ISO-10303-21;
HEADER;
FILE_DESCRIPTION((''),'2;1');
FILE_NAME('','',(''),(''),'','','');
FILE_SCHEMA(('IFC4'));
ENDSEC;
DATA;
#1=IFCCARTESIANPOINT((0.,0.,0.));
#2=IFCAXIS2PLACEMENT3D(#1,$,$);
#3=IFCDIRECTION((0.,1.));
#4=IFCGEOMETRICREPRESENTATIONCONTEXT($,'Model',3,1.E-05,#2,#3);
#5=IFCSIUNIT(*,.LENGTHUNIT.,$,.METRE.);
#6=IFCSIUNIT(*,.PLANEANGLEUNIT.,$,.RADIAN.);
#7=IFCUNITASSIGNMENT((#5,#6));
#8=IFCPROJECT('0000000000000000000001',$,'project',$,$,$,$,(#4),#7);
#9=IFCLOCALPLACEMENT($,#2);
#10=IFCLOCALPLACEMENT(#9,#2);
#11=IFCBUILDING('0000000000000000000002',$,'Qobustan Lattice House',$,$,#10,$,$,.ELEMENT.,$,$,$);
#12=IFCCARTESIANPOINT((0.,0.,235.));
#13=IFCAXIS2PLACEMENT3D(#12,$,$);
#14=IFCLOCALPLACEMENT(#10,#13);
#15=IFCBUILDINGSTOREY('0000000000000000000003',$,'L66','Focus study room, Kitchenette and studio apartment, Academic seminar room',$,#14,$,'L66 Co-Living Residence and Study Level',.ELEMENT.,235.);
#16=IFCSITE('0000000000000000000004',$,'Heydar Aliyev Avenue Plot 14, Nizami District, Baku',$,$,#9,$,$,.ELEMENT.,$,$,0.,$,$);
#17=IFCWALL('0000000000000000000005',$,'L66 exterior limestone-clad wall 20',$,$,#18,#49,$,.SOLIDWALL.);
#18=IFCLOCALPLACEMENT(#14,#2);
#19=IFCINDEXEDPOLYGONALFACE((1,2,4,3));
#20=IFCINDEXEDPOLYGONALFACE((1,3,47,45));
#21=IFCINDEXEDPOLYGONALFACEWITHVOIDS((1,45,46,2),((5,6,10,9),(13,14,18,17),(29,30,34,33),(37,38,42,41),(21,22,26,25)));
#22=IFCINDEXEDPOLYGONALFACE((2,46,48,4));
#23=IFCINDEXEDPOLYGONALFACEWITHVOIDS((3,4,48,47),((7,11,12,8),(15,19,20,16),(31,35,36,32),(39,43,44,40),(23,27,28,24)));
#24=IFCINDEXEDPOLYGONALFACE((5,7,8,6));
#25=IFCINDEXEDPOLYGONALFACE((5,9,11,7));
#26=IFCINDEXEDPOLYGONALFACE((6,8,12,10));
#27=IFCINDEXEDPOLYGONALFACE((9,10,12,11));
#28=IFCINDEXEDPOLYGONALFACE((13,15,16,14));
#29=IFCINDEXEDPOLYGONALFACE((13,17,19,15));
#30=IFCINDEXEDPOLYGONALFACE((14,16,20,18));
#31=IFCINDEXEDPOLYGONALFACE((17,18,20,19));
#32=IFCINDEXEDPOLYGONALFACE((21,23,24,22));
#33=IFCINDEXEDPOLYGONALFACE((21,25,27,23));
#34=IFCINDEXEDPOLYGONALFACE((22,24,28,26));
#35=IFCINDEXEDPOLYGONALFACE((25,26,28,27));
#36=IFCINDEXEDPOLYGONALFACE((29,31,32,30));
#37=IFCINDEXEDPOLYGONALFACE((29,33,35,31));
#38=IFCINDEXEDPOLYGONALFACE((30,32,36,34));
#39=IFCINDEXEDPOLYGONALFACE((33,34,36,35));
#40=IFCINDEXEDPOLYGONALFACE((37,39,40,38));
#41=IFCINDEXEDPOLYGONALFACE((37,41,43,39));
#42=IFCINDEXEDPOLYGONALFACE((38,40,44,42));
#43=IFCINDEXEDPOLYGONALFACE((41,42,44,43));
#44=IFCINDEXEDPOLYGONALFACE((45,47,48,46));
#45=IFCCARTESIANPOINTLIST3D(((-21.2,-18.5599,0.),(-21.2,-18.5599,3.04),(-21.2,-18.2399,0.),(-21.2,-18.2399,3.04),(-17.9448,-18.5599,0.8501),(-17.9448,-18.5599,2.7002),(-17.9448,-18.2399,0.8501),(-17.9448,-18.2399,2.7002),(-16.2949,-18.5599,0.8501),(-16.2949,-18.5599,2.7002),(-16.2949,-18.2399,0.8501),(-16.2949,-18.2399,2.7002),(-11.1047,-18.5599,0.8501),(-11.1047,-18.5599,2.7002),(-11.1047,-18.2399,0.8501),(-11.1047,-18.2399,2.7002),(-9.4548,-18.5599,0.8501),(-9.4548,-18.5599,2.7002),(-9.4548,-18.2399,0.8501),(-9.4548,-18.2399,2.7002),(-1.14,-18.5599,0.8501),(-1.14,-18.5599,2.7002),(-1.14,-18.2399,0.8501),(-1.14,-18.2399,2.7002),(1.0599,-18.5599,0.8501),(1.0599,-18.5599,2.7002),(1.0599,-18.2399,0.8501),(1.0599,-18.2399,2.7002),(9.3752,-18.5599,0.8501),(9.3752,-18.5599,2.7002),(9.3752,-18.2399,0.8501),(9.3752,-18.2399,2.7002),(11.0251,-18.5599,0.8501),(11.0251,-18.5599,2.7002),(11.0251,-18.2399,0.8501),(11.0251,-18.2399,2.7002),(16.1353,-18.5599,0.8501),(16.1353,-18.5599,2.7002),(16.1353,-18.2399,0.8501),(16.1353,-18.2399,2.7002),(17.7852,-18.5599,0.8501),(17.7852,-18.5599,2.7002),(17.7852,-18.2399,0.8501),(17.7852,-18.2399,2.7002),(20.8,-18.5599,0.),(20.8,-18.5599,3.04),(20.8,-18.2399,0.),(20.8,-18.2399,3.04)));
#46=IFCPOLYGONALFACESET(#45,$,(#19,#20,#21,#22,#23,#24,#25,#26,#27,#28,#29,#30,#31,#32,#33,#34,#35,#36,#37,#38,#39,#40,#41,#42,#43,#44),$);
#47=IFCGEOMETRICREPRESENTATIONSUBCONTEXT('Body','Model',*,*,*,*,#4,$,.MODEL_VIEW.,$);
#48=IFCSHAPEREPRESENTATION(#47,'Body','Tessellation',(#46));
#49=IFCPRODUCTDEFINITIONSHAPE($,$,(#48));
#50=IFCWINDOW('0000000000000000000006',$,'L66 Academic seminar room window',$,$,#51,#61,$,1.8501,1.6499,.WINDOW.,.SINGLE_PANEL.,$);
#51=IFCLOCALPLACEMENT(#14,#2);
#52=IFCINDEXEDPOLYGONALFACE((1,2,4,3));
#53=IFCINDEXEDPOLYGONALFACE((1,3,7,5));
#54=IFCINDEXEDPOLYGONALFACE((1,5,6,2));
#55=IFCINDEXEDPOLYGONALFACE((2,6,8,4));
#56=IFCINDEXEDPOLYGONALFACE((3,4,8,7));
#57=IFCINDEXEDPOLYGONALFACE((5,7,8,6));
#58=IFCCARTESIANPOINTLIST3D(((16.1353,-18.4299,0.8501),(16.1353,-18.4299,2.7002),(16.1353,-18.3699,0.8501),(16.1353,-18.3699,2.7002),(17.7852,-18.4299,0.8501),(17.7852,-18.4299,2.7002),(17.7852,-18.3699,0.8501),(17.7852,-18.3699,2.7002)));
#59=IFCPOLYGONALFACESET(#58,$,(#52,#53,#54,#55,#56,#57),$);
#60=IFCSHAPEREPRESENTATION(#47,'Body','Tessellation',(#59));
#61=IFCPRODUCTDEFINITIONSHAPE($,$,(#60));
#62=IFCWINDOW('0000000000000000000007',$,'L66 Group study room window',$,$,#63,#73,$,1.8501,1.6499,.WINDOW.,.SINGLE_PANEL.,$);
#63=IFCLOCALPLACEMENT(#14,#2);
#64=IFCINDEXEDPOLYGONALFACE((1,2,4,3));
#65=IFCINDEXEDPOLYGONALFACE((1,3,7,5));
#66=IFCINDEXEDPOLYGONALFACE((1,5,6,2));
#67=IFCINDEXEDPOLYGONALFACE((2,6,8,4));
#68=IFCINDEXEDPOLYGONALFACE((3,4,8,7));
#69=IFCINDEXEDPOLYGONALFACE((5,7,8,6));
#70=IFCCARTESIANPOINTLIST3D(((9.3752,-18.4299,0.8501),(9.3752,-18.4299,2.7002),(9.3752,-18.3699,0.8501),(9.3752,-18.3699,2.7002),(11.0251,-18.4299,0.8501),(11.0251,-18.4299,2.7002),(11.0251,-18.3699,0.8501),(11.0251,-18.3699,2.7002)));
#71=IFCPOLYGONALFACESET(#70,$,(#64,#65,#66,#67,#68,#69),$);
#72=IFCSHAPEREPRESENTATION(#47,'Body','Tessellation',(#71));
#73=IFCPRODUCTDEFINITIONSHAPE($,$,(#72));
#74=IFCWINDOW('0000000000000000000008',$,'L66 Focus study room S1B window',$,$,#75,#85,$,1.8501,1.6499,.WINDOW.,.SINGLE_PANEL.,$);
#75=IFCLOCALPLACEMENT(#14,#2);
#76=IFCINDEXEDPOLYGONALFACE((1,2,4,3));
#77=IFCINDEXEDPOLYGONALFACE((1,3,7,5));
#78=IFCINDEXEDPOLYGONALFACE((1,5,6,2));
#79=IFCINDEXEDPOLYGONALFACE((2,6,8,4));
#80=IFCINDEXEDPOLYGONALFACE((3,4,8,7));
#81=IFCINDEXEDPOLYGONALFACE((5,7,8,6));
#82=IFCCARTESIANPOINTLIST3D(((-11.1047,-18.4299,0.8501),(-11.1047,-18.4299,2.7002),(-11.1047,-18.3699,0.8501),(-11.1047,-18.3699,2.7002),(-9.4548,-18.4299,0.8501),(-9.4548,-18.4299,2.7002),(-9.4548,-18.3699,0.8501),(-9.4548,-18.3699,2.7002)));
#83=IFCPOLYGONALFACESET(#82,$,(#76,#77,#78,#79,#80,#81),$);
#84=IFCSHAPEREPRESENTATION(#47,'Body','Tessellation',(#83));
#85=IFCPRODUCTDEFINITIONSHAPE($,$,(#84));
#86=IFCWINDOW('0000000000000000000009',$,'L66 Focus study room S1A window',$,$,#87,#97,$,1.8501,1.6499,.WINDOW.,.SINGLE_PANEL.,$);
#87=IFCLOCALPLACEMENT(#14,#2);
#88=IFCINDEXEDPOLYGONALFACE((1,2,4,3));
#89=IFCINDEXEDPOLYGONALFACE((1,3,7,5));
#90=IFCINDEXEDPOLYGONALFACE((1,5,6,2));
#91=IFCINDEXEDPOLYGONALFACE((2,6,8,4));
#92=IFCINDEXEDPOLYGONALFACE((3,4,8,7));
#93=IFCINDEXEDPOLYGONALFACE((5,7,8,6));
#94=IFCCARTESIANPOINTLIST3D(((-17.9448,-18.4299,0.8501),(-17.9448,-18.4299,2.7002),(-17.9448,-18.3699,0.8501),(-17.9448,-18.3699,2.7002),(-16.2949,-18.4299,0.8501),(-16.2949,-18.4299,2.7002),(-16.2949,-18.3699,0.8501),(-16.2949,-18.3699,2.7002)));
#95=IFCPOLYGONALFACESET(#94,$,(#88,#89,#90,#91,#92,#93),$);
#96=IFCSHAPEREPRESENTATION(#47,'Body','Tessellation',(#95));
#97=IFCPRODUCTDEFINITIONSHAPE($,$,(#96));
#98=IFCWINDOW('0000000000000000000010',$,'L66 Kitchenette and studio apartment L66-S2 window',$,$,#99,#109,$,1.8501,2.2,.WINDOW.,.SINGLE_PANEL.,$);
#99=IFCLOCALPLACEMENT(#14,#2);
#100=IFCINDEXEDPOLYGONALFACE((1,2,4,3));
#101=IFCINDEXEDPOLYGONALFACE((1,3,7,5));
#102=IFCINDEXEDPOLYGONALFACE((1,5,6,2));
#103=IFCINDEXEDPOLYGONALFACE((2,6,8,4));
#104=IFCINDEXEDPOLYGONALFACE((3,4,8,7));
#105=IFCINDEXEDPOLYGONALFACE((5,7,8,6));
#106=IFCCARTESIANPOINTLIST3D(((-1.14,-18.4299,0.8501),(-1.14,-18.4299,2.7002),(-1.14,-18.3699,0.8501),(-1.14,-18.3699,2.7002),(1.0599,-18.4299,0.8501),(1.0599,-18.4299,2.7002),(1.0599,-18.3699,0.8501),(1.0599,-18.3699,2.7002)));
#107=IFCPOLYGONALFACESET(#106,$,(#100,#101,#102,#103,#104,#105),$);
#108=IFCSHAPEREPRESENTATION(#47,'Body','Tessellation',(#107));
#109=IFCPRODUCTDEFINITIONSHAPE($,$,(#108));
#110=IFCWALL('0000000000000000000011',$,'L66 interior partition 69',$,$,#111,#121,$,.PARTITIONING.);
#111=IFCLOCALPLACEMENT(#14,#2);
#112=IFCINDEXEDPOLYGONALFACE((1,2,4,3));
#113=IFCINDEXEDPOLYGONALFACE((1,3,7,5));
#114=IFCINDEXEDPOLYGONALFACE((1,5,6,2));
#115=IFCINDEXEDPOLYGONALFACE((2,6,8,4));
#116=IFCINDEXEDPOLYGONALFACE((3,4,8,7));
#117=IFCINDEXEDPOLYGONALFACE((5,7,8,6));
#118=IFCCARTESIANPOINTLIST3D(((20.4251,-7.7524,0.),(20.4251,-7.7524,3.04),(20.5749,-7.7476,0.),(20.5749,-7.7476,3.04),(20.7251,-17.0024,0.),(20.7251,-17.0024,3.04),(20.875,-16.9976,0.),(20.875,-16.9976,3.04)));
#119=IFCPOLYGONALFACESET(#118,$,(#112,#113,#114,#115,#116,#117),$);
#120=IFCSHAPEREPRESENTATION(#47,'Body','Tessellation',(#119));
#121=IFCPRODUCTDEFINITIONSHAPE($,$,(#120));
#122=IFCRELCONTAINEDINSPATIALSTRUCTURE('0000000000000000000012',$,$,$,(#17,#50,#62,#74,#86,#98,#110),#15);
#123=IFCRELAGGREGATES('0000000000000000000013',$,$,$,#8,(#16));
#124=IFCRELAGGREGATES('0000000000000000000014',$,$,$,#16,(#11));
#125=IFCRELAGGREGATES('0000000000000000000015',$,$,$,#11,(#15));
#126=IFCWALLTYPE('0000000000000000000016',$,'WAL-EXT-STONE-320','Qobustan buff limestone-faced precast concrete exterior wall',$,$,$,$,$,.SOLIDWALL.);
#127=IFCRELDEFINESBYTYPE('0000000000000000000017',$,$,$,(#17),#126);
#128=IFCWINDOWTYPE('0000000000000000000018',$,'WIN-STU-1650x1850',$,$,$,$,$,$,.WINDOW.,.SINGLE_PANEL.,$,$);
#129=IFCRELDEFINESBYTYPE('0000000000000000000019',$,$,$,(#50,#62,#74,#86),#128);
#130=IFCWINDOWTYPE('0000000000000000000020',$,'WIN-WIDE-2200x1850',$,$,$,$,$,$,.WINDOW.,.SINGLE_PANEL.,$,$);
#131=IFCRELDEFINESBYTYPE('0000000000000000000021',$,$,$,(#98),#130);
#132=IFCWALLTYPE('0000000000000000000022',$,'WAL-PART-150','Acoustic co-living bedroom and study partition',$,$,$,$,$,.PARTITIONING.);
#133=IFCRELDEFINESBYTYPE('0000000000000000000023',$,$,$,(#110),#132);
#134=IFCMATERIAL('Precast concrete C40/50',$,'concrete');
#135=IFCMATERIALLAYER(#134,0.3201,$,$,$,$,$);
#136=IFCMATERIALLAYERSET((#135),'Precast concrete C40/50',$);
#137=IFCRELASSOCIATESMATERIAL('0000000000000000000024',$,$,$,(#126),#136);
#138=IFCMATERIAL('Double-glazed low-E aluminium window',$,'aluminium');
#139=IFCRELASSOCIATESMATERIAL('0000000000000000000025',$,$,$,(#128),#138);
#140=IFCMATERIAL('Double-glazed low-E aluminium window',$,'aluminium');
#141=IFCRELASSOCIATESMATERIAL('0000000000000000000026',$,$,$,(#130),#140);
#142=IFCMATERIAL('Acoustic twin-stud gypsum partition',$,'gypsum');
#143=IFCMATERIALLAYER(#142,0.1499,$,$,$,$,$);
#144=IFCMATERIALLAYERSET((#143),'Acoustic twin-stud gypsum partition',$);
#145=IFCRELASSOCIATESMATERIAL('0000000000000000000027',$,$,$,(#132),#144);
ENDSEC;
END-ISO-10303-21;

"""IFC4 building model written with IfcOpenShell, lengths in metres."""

from ifc_helpers import new_model, si_unit, direction, frame, frame_2d, origin, place, context, subcontext, project, spatial, rectangle, extrude, material, layer, layer_set, type_object, element, fill, save


model = new_model("IFC4")

# Units and contexts
model_context = context("Model", 3, precision=1e-05, world=origin(), true_north=direction((0.0, 1.0)))
body_context = subcontext(model_context, "Body", "Model", "MODEL_VIEW")
ifc_project = project(units=[si_unit("LENGTHUNIT", "METRE"), si_unit("PLANEANGLEUNIT", "RADIAN")], contexts=[model_context])

# Site, building, storey
site_placement = place(None, origin())
site = spatial("IfcSite", under=ifc_project, at=site_placement, Name="Heydar Aliyev Avenue Plot 14, Nizami District, Baku", CompositionType="ELEMENT", RefElevation=0.0)
building_placement = place(site_placement, origin())
building = spatial("IfcBuilding", under=site, at=building_placement, Name="Qobustan Lattice House", CompositionType="ELEMENT")
storey_placement = place(building_placement, frame((0.0, 0.0, 235.0)))
storey = spatial("IfcBuildingStorey", under=building, at=storey_placement, Name="L66", Description="Focus study room, Kitchenette and studio apartment, Academic seminar room", LongName="L66 Co-Living Residence and Study Level", CompositionType="ELEMENT", Elevation=235.0)

# Shared definitions
ifc_material_1 = material(Name="Precast concrete C40/50", Category="concrete")
ifc_layer_1 = layer(ifc_material_1, 0.3201)
ifc_layer_set_1 = layer_set([ifc_layer_1], Name="Precast concrete C40/50")
wall_type_1 = type_object("IfcWallType", Name="WAL-EXT-STONE-320", Description="Qobustan buff limestone-faced precast concrete exterior wall", PredefinedType="SOLIDWALL", material=ifc_layer_set_1)

# Wall, openings, windows
wall_1_placement = place(storey_placement, frame((20.8, -18.3999, 0.0), z_axis=(0.0, 0.0, 1.0), x_axis=(-1.0, 0.0, 0.0)))
wall_1 = element("IfcWall", 1, at=wall_1_placement, inside=storey, type_object=wall_type_1, Name="L66 exterior limestone-clad wall 20", PredefinedType="SOLIDWALL", context=body_context, shape_type="SweptSolid", body=[
    extrude(rectangle(XDim=42.0, YDim=0.3201, at=frame_2d((21.0, 0.0))), origin(), (0.0, 0.0, 1.0), 3.04),
])
opening_1_placement = place(wall_1_placement, frame((3.0149, 0.0, 0.8501)))
opening_1 = element("IfcOpeningElement", 2, at=opening_1_placement, cuts=wall_1, PredefinedType="OPENING", context=body_context, shape_type="SweptSolid", body=[
    extrude(rectangle(XDim=1.6499, YDim=1.8501, at=frame_2d((0.825, 0.925))), frame((0.0, 0.1699, 0.0), z_axis=(0.0, -1.0, 0.0), x_axis=(1.0, 0.0, 0.0)), (0.0, 0.0, 1.0), 0.3401),
])
opening_2_placement = place(wall_1_placement, frame((9.7749, 0.0, 0.8501)))
opening_2 = element("IfcOpeningElement", 3, at=opening_2_placement, cuts=wall_1, PredefinedType="OPENING", context=body_context, shape_type="SweptSolid", body=[
    extrude(rectangle(XDim=1.6499, YDim=1.8501, at=frame_2d((0.825, 0.925))), frame((0.0, 0.1699, 0.0), z_axis=(0.0, -1.0, 0.0), x_axis=(1.0, 0.0, 0.0)), (0.0, 0.0, 1.0), 0.3401),
])
opening_3_placement = place(wall_1_placement, frame((19.74, 0.0, 0.8501)))
opening_3 = element("IfcOpeningElement", 4, at=opening_3_placement, cuts=wall_1, PredefinedType="OPENING", context=body_context, shape_type="SweptSolid", body=[
    extrude(rectangle(XDim=2.2, YDim=1.8501, at=frame_2d((1.1001, 0.925))), frame((0.0, 0.1699, 0.0), z_axis=(0.0, -1.0, 0.0), x_axis=(1.0, 0.0, 0.0)), (0.0, 0.0, 1.0), 0.3401),
])
opening_4_placement = place(wall_1_placement, frame((30.2549, 0.0, 0.8501)))
opening_4 = element("IfcOpeningElement", 5, at=opening_4_placement, cuts=wall_1, PredefinedType="OPENING", context=body_context, shape_type="SweptSolid", body=[
    extrude(rectangle(XDim=1.6499, YDim=1.8501, at=frame_2d((0.825, 0.925))), frame((0.0, 0.1699, 0.0), z_axis=(0.0, -1.0, 0.0), x_axis=(1.0, 0.0, 0.0)), (0.0, 0.0, 1.0), 0.3401),
])
opening_5_placement = place(wall_1_placement, frame((37.095, 0.0, 0.8501)))
opening_5 = element("IfcOpeningElement", 6, at=opening_5_placement, cuts=wall_1, PredefinedType="OPENING", context=body_context, shape_type="SweptSolid", body=[
    extrude(rectangle(XDim=1.6499, YDim=1.8501, at=frame_2d((0.825, 0.925))), frame((0.0, 0.1699, 0.0), z_axis=(0.0, -1.0, 0.0), x_axis=(1.0, 0.0, 0.0)), (0.0, 0.0, 1.0), 0.3401),
])
ifc_material_2 = material(Name="Double-glazed low-E aluminium window", Category="aluminium")
window_type_1 = type_object("IfcWindowType", Name="WIN-STU-1650x1850", PartitioningType="SINGLE_PANEL", PredefinedType="WINDOW", material=ifc_material_2)
window_1_placement = place(opening_1_placement, origin())
window_1 = element("IfcWindow", 7, at=window_1_placement, inside=storey, type_object=window_type_1, Name="L66 Academic seminar room window", OverallHeight=1.8501, OverallWidth=1.6499, PartitioningType="SINGLE_PANEL", PredefinedType="WINDOW", context=body_context, shape_type="SweptSolid", body=[
    extrude(rectangle(XDim=1.6499, YDim=1.8501, at=frame_2d((0.825, 0.925))), frame((0.0, 0.03, 0.0), z_axis=(0.0, -1.0, 0.0), x_axis=(1.0, 0.0, 0.0)), (0.0, 0.0, 1.0), 0.0601),
])
fill(opening_1, window_1)
window_2_placement = place(opening_2_placement, origin())
window_2 = element("IfcWindow", 8, at=window_2_placement, inside=storey, type_object=window_type_1, Name="L66 Group study room window", OverallHeight=1.8501, OverallWidth=1.6499, PartitioningType="SINGLE_PANEL", PredefinedType="WINDOW", context=body_context, shape_type="SweptSolid", body=[
    extrude(rectangle(XDim=1.6499, YDim=1.8501, at=frame_2d((0.825, 0.925))), frame((0.0, 0.03, 0.0), z_axis=(0.0, -1.0, 0.0), x_axis=(1.0, 0.0, 0.0)), (0.0, 0.0, 1.0), 0.0601),
])
fill(opening_2, window_2)
window_3_placement = place(opening_4_placement, origin())
window_3 = element("IfcWindow", 9, at=window_3_placement, inside=storey, type_object=window_type_1, Name="L66 Focus study room S1B window", OverallHeight=1.8501, OverallWidth=1.6499, PartitioningType="SINGLE_PANEL", PredefinedType="WINDOW", context=body_context, shape_type="SweptSolid", body=[
    extrude(rectangle(XDim=1.6499, YDim=1.8501, at=frame_2d((0.825, 0.925))), frame((0.0, 0.03, 0.0), z_axis=(0.0, -1.0, 0.0), x_axis=(1.0, 0.0, 0.0)), (0.0, 0.0, 1.0), 0.0601),
])
fill(opening_4, window_3)
window_4_placement = place(opening_5_placement, origin())
window_4 = element("IfcWindow", 10, at=window_4_placement, inside=storey, type_object=window_type_1, Name="L66 Focus study room S1A window", OverallHeight=1.8501, OverallWidth=1.6499, PartitioningType="SINGLE_PANEL", PredefinedType="WINDOW", context=body_context, shape_type="SweptSolid", body=[
    extrude(rectangle(XDim=1.6499, YDim=1.8501, at=frame_2d((0.825, 0.925))), frame((0.0, 0.03, 0.0), z_axis=(0.0, -1.0, 0.0), x_axis=(1.0, 0.0, 0.0)), (0.0, 0.0, 1.0), 0.0601),
])
fill(opening_5, window_4)
ifc_material_3 = material(Name="Double-glazed low-E aluminium window", Category="aluminium")
window_type_2 = type_object("IfcWindowType", Name="WIN-WIDE-2200x1850", PartitioningType="SINGLE_PANEL", PredefinedType="WINDOW", material=ifc_material_3)
window_5_placement = place(opening_3_placement, origin())
window_5 = element("IfcWindow", 11, at=window_5_placement, inside=storey, type_object=window_type_2, Name="L66 Kitchenette and studio apartment L66-S2 window", OverallHeight=1.8501, OverallWidth=2.2, PartitioningType="SINGLE_PANEL", PredefinedType="WINDOW", context=body_context, shape_type="SweptSolid", body=[
    extrude(rectangle(XDim=2.2, YDim=1.8501, at=frame_2d((1.1001, 0.925))), frame((0.0, 0.03, 0.0), z_axis=(0.0, -1.0, 0.0), x_axis=(1.0, 0.0, 0.0)), (0.0, 0.0, 1.0), 0.0601),
])
fill(opening_3, window_5)

# Wall
ifc_material_4 = material(Name="Acoustic twin-stud gypsum partition", Category="gypsum")
ifc_layer_2 = layer(ifc_material_4, 0.1499)
ifc_layer_set_2 = layer_set([ifc_layer_2], Name="Acoustic twin-stud gypsum partition")
wall_type_2 = type_object("IfcWallType", Name="WAL-PART-150", Description="Acoustic co-living bedroom and study partition", PredefinedType="PARTITIONING", material=ifc_layer_set_2)
wall_2_placement = place(storey_placement, frame((20.8, -17.0, 0.0), z_axis=(0.0, 0.0, 1.0), x_axis=(-0.032421, 0.999474, 0.0)))
element("IfcWall", 12, at=wall_2_placement, inside=storey, type_object=wall_type_2, Name="L66 interior partition 69", PredefinedType="PARTITIONING", context=body_context, shape_type="SweptSolid", body=[
    extrude(rectangle(XDim=9.2549, YDim=0.1499, at=frame_2d((4.6274, 0.0))), origin(), (0.0, 0.0, 1.0), 3.04),
])

save(model, "model.ifc")
